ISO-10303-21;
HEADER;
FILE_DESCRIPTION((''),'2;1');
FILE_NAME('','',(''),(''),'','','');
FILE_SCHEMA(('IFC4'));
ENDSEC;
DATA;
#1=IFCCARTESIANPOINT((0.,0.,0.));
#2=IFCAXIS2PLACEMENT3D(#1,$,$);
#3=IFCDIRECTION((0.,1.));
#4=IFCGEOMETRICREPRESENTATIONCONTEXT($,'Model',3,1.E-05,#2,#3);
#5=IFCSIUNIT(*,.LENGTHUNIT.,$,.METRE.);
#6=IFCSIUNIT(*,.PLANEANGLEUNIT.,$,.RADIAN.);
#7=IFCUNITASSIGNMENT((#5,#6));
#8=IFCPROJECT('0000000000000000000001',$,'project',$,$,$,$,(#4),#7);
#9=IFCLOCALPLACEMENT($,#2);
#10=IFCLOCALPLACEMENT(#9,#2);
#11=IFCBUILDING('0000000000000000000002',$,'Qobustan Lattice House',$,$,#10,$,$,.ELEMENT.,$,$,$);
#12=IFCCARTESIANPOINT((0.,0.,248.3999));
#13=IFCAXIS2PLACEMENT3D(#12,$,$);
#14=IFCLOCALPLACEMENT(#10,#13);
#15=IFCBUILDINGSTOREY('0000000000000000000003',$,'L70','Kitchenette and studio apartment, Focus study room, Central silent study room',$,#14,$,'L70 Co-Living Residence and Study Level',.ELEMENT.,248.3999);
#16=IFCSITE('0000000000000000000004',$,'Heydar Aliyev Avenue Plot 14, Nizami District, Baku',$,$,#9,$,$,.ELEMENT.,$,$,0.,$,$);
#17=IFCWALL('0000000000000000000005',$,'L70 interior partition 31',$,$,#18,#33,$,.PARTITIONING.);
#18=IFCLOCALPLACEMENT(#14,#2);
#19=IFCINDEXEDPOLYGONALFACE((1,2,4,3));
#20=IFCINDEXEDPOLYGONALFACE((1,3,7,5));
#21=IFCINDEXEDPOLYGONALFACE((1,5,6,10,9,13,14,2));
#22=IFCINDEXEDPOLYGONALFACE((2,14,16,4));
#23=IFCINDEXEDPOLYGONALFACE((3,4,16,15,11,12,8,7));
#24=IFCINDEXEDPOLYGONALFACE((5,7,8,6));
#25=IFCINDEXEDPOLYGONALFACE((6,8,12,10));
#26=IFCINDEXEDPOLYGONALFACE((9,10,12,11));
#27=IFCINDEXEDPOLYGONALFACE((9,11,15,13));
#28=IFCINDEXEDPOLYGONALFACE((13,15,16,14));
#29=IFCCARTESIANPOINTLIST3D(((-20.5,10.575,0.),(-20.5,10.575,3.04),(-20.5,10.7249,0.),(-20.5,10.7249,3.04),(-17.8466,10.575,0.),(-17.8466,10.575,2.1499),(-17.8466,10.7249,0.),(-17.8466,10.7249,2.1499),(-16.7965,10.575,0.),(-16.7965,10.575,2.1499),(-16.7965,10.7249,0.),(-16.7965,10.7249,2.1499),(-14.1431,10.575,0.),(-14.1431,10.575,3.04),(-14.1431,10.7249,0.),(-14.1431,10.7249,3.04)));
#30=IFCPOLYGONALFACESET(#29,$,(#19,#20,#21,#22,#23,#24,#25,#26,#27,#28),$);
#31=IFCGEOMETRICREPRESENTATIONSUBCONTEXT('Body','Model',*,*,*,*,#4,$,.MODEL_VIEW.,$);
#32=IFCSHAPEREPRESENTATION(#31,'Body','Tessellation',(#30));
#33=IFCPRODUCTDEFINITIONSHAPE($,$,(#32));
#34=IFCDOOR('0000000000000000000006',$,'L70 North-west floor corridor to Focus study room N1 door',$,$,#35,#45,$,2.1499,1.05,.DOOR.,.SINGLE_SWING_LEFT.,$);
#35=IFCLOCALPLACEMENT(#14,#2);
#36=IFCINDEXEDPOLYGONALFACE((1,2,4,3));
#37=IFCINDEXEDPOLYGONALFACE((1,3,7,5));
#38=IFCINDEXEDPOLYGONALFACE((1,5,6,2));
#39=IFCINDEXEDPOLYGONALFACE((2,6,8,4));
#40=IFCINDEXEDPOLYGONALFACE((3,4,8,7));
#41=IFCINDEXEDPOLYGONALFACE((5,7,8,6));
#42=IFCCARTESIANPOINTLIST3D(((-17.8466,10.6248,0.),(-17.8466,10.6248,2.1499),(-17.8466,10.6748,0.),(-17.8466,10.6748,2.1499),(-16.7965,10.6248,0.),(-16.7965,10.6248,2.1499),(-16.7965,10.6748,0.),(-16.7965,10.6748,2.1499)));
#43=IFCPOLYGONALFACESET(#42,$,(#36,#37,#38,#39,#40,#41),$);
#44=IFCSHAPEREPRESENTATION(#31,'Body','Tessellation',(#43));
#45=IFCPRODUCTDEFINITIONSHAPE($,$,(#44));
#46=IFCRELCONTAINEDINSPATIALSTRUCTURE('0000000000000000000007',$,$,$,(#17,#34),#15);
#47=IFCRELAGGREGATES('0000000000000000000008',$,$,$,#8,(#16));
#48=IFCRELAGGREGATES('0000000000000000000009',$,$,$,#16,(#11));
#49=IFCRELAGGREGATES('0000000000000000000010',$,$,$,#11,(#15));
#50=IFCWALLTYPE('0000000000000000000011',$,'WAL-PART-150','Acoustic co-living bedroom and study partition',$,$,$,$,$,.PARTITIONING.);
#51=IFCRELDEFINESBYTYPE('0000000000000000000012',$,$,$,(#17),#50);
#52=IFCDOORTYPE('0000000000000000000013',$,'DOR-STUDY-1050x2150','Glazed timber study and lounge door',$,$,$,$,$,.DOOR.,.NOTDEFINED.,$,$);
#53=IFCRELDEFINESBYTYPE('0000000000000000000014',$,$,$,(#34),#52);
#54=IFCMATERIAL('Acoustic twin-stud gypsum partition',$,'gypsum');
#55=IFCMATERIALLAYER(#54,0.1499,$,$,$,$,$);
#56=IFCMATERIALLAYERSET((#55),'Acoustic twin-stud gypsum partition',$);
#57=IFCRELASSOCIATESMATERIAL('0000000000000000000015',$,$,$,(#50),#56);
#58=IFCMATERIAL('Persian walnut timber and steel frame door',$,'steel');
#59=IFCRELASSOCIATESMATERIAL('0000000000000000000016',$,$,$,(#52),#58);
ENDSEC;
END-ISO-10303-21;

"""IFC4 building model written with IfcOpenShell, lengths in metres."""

from ifc_helpers import new_model, si_unit, direction, frame, frame_2d, origin, place, context, subcontext, project, spatial, rectangle, extrude, material, layer, layer_set, type_object, element, fill, save


model = new_model("IFC4")

# Units and contexts
model_context = context("Model", 3, precision=1e-05, world=origin(), true_north=direction((0.0, 1.0)))
body_context = subcontext(model_context, "Body", "Model", "MODEL_VIEW")
ifc_project = project(units=[si_unit("LENGTHUNIT", "METRE"), si_unit("PLANEANGLEUNIT", "RADIAN")], contexts=[model_context])

# Site, building, storey
site_placement = place(None, origin())
site = spatial("IfcSite", under=ifc_project, at=site_placement, Name="Heydar Aliyev Avenue Plot 14, Nizami District, Baku", CompositionType="ELEMENT", RefElevation=0.0)
building_placement = place(site_placement, origin())
building = spatial("IfcBuilding", under=site, at=building_placement, Name="Qobustan Lattice House", CompositionType="ELEMENT")
storey_placement = place(building_placement, frame((0.0, 0.0, 248.3999)))
storey = spatial("IfcBuildingStorey", under=building, at=storey_placement, Name="L70", Description="Kitchenette and studio apartment, Focus study room, Central silent study room", LongName="L70 Co-Living Residence and Study Level", CompositionType="ELEMENT", Elevation=248.3999)

# Wall, opening, door
ifc_material_1 = material(Name="Acoustic twin-stud gypsum partition", Category="gypsum")
ifc_layer_1 = layer(ifc_material_1, 0.1499)
ifc_layer_set_1 = layer_set([ifc_layer_1], Name="Acoustic twin-stud gypsum partition")
wall_type_1 = type_object("IfcWallType", Name="WAL-PART-150", Description="Acoustic co-living bedroom and study partition", PredefinedType="PARTITIONING", material=ifc_layer_set_1)
wall_1_placement = place(storey_placement, frame((-20.5, 10.6499, 0.0), z_axis=(0.0, 0.0, 1.0), x_axis=(1.0, 0.0, 0.0)))
wall_1 = element("IfcWall", 1, at=wall_1_placement, inside=storey, type_object=wall_type_1, Name="L70 interior partition 31", PredefinedType="PARTITIONING", context=body_context, shape_type="SweptSolid", body=[
    extrude(rectangle(XDim=6.3569, YDim=0.1499, at=frame_2d((3.1785, 0.0))), origin(), (0.0, 0.0, 1.0), 3.04),
])
opening_1_placement = place(wall_1_placement, frame((2.6536, 0.0, 0.0)))
opening_1 = element("IfcOpeningElement", 2, at=opening_1_placement, cuts=wall_1, PredefinedType="OPENING", context=body_context, shape_type="SweptSolid", body=[
    extrude(rectangle(XDim=1.05, YDim=2.1499, at=frame_2d((0.5249, 1.075))), frame((0.0, 0.085, 0.0), z_axis=(0.0, -1.0, 0.0), x_axis=(1.0, 0.0, 0.0)), (0.0, 0.0, 1.0), 0.1699),
])
ifc_material_2 = material(Name="Persian walnut timber and steel frame door", Category="steel")
door_type = type_object("IfcDoorType", Name="DOR-STUDY-1050x2150", Description="Glazed timber study and lounge door", OperationType="NOTDEFINED", PredefinedType="DOOR", material=ifc_material_2)
door_placement = place(opening_1_placement, origin())
door = element("IfcDoor", 3, at=door_placement, inside=storey, type_object=door_type, Name="L70 North-west floor corridor to Focus study room N1 door", OperationType="SINGLE_SWING_LEFT", OverallHeight=2.1499, OverallWidth=1.05, PredefinedType="DOOR", context=body_context, shape_type="SweptSolid", body=[
    extrude(rectangle(XDim=1.05, YDim=2.1499, at=frame_2d((0.5249, 1.075))), frame((0.0, 0.0249, 0.0), z_axis=(0.0, -1.0, 0.0), x_axis=(1.0, 0.0, 0.0)), (0.0, 0.0, 1.0), 0.05),
])
fill(opening_1, door)

save(model, "model.ifc")
